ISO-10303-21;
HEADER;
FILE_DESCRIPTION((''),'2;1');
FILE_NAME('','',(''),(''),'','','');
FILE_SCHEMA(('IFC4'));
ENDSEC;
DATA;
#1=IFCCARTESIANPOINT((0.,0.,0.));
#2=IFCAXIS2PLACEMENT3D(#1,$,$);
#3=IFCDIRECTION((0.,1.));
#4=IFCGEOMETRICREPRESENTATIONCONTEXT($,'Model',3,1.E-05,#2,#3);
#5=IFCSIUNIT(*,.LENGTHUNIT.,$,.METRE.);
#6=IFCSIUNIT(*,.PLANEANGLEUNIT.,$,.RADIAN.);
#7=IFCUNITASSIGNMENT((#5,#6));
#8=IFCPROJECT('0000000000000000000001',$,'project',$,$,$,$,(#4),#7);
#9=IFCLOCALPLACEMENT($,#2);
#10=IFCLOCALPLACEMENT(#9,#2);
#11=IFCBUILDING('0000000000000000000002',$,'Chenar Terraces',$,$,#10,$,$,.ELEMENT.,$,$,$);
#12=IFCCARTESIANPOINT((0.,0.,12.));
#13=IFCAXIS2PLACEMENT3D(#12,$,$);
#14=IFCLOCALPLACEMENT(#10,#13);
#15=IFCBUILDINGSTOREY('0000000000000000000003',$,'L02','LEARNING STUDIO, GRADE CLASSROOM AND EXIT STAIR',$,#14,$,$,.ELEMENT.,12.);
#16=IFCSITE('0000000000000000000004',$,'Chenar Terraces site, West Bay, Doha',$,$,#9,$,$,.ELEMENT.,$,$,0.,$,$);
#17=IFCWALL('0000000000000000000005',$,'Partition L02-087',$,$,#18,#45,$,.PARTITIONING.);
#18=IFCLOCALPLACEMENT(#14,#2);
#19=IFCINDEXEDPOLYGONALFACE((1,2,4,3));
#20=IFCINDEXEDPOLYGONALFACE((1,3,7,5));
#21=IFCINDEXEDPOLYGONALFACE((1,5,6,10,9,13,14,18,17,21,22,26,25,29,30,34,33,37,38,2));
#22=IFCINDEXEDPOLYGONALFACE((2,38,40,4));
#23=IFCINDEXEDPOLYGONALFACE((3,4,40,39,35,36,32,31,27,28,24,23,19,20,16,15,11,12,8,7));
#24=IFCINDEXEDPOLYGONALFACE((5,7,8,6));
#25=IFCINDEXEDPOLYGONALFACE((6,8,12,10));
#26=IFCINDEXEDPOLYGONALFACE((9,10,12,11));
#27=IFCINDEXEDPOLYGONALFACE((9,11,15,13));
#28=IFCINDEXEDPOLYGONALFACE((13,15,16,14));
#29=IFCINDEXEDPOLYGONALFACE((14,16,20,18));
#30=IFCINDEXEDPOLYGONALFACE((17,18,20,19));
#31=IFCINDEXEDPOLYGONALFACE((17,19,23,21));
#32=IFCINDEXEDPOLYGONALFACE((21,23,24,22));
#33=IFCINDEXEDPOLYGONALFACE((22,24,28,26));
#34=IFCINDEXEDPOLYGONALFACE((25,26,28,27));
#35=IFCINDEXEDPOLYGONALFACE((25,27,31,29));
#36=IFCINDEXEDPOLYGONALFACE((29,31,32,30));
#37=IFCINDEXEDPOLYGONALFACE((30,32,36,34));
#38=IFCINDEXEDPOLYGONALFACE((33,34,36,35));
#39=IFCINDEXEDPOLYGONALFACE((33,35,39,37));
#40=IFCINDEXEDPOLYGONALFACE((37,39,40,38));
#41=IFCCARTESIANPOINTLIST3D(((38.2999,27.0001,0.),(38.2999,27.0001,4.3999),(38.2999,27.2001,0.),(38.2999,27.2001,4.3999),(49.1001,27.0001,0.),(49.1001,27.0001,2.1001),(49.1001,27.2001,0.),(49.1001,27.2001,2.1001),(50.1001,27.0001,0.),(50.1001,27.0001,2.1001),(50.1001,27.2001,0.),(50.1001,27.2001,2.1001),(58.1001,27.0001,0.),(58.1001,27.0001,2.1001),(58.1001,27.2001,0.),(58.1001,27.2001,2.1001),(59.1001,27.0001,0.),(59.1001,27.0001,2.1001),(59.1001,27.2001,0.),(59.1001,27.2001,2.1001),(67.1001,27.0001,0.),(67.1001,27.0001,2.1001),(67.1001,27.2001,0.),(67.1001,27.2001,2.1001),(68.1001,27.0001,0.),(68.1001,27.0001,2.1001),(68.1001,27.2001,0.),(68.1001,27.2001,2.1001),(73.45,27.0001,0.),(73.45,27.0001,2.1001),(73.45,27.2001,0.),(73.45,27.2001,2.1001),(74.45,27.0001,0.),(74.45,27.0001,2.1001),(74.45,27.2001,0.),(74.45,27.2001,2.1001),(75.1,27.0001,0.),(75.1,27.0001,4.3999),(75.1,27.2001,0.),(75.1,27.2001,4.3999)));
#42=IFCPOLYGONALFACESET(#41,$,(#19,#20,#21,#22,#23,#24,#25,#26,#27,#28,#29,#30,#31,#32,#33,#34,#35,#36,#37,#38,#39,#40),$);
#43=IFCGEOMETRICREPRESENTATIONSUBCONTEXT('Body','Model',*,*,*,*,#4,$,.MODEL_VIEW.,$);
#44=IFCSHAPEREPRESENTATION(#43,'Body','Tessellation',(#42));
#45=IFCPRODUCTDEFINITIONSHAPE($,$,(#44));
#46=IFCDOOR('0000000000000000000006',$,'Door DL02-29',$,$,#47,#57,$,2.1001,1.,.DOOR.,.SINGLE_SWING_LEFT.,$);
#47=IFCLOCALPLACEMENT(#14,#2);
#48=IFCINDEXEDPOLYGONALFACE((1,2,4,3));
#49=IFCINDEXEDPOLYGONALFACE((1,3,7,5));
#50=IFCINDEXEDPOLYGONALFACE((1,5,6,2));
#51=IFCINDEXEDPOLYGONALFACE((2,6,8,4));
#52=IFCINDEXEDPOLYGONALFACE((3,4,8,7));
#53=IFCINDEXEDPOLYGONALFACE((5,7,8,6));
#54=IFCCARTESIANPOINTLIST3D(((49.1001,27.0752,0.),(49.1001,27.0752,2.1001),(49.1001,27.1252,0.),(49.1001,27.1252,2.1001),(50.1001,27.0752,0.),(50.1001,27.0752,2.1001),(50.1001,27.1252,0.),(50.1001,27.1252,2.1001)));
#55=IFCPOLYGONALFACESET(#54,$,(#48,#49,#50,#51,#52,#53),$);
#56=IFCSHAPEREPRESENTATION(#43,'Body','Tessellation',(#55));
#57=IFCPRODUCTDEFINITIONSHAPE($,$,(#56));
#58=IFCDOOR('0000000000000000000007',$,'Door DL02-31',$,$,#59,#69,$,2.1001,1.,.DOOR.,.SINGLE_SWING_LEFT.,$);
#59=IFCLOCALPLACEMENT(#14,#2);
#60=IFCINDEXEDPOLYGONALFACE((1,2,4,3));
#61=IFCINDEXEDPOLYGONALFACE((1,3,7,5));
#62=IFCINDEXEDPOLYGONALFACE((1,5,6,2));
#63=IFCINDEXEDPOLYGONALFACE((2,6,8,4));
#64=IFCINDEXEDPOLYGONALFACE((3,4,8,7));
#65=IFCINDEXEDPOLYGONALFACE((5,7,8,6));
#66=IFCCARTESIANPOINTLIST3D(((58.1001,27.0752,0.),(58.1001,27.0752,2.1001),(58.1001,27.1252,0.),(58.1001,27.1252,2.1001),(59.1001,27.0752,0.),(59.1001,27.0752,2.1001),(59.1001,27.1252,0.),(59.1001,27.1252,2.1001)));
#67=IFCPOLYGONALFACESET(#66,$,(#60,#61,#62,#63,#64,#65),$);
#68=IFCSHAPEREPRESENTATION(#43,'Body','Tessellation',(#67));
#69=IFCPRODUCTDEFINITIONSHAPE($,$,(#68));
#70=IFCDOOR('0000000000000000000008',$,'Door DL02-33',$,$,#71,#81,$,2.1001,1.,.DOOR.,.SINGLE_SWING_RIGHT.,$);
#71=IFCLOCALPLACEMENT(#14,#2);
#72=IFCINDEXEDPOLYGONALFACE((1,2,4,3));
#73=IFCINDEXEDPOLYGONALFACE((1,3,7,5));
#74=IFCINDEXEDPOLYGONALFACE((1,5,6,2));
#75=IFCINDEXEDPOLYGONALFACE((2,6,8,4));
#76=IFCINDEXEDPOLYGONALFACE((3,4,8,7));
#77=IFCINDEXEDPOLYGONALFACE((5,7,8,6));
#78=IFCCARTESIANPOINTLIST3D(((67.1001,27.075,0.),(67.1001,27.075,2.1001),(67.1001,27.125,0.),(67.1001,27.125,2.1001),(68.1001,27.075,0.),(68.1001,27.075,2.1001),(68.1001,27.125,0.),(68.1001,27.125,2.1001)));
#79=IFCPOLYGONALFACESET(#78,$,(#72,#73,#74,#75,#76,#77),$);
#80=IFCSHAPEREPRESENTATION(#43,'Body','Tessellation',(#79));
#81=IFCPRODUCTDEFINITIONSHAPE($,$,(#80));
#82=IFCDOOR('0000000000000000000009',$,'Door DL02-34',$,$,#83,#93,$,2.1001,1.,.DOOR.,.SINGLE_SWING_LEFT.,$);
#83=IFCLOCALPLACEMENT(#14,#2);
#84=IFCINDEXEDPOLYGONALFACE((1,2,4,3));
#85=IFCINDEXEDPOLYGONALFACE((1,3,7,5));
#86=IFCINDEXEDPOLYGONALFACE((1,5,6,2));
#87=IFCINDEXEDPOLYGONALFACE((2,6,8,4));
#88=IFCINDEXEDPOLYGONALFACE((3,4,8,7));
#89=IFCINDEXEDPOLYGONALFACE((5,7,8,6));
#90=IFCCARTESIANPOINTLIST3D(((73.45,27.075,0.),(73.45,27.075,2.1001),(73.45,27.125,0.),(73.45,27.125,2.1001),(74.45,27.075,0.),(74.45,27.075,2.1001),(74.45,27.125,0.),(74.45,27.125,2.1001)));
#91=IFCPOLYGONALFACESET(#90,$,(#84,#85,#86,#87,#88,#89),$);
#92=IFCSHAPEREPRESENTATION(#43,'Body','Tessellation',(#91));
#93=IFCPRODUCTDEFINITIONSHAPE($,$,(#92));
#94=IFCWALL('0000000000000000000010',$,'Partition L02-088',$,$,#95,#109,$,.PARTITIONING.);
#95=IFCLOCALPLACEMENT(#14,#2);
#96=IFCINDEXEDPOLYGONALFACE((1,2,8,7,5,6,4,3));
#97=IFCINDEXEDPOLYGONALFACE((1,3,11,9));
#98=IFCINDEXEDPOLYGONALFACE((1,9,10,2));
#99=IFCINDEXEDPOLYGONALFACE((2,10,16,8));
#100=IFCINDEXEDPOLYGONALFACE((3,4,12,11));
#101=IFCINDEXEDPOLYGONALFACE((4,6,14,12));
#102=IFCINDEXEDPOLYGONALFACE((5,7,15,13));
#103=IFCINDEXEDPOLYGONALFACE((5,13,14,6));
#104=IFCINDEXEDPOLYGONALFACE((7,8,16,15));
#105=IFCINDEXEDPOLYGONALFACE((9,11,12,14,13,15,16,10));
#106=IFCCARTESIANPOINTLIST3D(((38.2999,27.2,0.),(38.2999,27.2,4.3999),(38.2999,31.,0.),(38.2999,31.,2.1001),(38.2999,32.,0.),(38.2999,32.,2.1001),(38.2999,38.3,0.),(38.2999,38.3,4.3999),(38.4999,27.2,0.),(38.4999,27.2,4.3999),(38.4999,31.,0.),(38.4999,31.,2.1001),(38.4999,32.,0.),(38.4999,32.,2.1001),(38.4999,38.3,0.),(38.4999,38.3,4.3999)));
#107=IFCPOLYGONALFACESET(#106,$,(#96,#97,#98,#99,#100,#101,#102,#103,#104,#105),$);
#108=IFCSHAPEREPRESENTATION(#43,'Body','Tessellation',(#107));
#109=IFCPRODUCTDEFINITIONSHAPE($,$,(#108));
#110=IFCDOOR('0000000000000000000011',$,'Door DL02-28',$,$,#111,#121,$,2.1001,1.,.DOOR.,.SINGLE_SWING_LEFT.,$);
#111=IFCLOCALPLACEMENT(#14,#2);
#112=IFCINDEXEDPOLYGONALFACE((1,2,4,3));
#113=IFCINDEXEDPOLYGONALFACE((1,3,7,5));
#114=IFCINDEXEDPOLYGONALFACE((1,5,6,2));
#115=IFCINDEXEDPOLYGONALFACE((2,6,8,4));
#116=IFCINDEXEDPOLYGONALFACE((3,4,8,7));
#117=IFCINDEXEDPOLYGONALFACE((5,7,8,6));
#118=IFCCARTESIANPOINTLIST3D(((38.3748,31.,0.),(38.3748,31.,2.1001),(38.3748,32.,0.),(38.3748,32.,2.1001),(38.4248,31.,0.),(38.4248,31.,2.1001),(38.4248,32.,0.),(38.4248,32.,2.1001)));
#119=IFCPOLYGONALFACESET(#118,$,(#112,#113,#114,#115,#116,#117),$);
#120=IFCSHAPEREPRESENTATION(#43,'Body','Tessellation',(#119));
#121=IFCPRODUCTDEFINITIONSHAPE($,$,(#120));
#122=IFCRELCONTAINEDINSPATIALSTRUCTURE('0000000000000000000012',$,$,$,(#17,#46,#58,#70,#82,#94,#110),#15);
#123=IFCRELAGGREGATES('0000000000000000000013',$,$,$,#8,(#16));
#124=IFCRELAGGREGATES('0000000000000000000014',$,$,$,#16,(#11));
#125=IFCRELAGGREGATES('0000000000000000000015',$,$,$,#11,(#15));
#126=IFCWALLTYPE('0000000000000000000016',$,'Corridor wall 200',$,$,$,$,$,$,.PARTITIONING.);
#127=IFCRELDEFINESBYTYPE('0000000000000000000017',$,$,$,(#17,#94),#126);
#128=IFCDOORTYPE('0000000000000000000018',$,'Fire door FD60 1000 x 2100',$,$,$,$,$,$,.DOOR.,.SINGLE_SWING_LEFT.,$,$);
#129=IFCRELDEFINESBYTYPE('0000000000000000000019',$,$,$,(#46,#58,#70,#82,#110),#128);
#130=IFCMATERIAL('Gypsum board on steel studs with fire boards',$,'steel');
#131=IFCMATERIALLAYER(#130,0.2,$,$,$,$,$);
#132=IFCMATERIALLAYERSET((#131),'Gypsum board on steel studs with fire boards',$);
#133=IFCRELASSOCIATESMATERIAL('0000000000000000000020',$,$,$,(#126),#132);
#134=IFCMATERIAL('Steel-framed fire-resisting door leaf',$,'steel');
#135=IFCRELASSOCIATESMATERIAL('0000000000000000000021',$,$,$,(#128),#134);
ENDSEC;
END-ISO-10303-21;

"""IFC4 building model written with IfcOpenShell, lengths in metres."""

from ifc_helpers import new_model, si_unit, direction, frame, frame_2d, origin, place, context, subcontext, project, spatial, rectangle, extrude, material, layer, layer_set, type_object, element, fill, save


model = new_model("IFC4")

# Units and contexts
model_context = context("Model", 3, precision=1e-05, world=origin(), true_north=direction((0.0, 1.0)))
body_context = subcontext(model_context, "Body", "Model", "MODEL_VIEW")
ifc_project = project(units=[si_unit("LENGTHUNIT", "METRE"), si_unit("PLANEANGLEUNIT", "RADIAN")], contexts=[model_context])

# Site, building, storey
site_placement = place(None, origin())
site = spatial("IfcSite", under=ifc_project, at=site_placement, Name="Chenar Terraces site, West Bay, Doha", CompositionType="ELEMENT", RefElevation=0.0)
building_placement = place(site_placement, origin())
building = spatial("IfcBuilding", under=site, at=building_placement, Name="Chenar Terraces", CompositionType="ELEMENT")
storey_placement = place(building_placement, frame((0.0, 0.0, 12.0)))
storey = spatial("IfcBuildingStorey", under=building, at=storey_placement, Name="L02", Description="LEARNING STUDIO, GRADE CLASSROOM AND EXIT STAIR", CompositionType="ELEMENT", Elevation=12.0)

# Wall, openings, doors
ifc_material_1 = material(Name="Gypsum board on steel studs with fire boards", Category="steel")
ifc_layer_1 = layer(ifc_material_1, 0.2)
ifc_layer_set_1 = layer_set([ifc_layer_1], Name="Gypsum board on steel studs with fire boards")
wall_type_1 = type_object("IfcWallType", Name="Corridor wall 200", PredefinedType="PARTITIONING", material=ifc_layer_set_1)
wall_1_placement = place(storey_placement, frame((38.3, 27.1001, 0.0), z_axis=(0.0, 0.0, 1.0), x_axis=(1.0, 0.0, 0.0)))
wall_1 = element("IfcWall", 1, at=wall_1_placement, inside=storey, type_object=wall_type_1, Name="Partition L02-087", PredefinedType="PARTITIONING", context=body_context, shape_type="SweptSolid", body=[
    extrude(rectangle(XDim=36.8, YDim=0.2, at=frame_2d((18.3999, 0.0))), origin(), (0.0, 0.0, 1.0), 4.3999),
])
opening_1_placement = place(wall_1_placement, frame((10.8, 0.0, 0.0)))
opening_1 = element("IfcOpeningElement", 2, at=opening_1_placement, cuts=wall_1, PredefinedType="OPENING", context=body_context, shape_type="SweptSolid", body=[
    extrude(rectangle(XDim=1.0, YDim=2.1001, at=frame_2d((0.5, 1.05))), frame((0.0, 0.1099, 0.0), z_axis=(0.0, -1.0, 0.0), x_axis=(1.0, 0.0, 0.0)), (0.0, 0.0, 1.0), 0.22),
])
opening_2_placement = place(wall_1_placement, frame((19.8, 0.0, 0.0)))
opening_2 = element("IfcOpeningElement", 3, at=opening_2_placement, cuts=wall_1, PredefinedType="OPENING", context=body_context, shape_type="SweptSolid", body=[
    extrude(rectangle(XDim=1.0, YDim=2.1001, at=frame_2d((0.5, 1.05))), frame((0.0, 0.1099, 0.0), z_axis=(0.0, -1.0, 0.0), x_axis=(1.0, 0.0, 0.0)), (0.0, 0.0, 1.0), 0.22),
])
opening_3_placement = place(wall_1_placement, frame((28.8, 0.0, 0.0)))
opening_3 = element("IfcOpeningElement", 4, at=opening_3_placement, cuts=wall_1, PredefinedType="OPENING", context=body_context, shape_type="SweptSolid", body=[
    extrude(rectangle(XDim=1.0, YDim=2.1001, at=frame_2d((0.5, 1.05))), frame((0.0, 0.1099, 0.0), z_axis=(0.0, -1.0, 0.0), x_axis=(1.0, 0.0, 0.0)), (0.0, 0.0, 1.0), 0.22),
])
opening_4_placement = place(wall_1_placement, frame((35.1499, 0.0, 0.0)))
opening_4 = element("IfcOpeningElement", 5, at=opening_4_placement, cuts=wall_1, PredefinedType="OPENING", context=body_context, shape_type="SweptSolid", body=[
    extrude(rectangle(XDim=1.0, YDim=2.1001, at=frame_2d((0.5, 1.05))), frame((0.0, 0.1099, 0.0), z_axis=(0.0, -1.0, 0.0), x_axis=(1.0, 0.0, 0.0)), (0.0, 0.0, 1.0), 0.22),
])
ifc_material_2 = material(Name="Steel-framed fire-resisting door leaf", Category="steel")
door_type = type_object("IfcDoorType", Name="Fire door FD60 1000 x 2100", OperationType="SINGLE_SWING_LEFT", PredefinedType="DOOR", material=ifc_material_2)
door_1_placement = place(opening_1_placement, frame((1.0, 0.0, 0.0), z_axis=(0.0, 0.0, 1.0), x_axis=(-1.0, 0.0, 0.0)))
door_1 = element("IfcDoor", 6, at=door_1_placement, inside=storey, type_object=door_type, Name="Door DL02-29", OperationType="SINGLE_SWING_LEFT", OverallHeight=2.1001, OverallWidth=1.0, PredefinedType="DOOR", context=body_context, shape_type="SweptSolid", body=[
    extrude(rectangle(XDim=1.0, YDim=2.1001, at=frame_2d((0.5, 1.05))), frame((0.0, 0.0249, 0.0), z_axis=(0.0, -1.0, 0.0), x_axis=(1.0, 0.0, 0.0)), (0.0, 0.0, 1.0), 0.05),
])
fill(opening_1, door_1)
door_2_placement = place(opening_2_placement, frame((1.0, 0.0, 0.0), z_axis=(0.0, 0.0, 1.0), x_axis=(-1.0, 0.0, 0.0)))
door_2 = element("IfcDoor", 7, at=door_2_placement, inside=storey, type_object=door_type, Name="Door DL02-31", OperationType="SINGLE_SWING_LEFT", OverallHeight=2.1001, OverallWidth=1.0, PredefinedType="DOOR", context=body_context, shape_type="SweptSolid", body=[
    extrude(rectangle(XDim=1.0, YDim=2.1001, at=frame_2d((0.5, 1.05))), frame((0.0, 0.0249, 0.0), z_axis=(0.0, -1.0, 0.0), x_axis=(1.0, 0.0, 0.0)), (0.0, 0.0, 1.0), 0.05),
])
fill(opening_2, door_2)
door_3_placement = place(opening_3_placement, origin())
door_3 = element("IfcDoor", 8, at=door_3_placement, inside=storey, type_object=door_type, Name="Door DL02-33", OperationType="SINGLE_SWING_RIGHT", OverallHeight=2.1001, OverallWidth=1.0, PredefinedType="DOOR", context=body_context, shape_type="SweptSolid", body=[
    extrude(rectangle(XDim=1.0, YDim=2.1001, at=frame_2d((0.5, 1.05))), frame((0.0, 0.0249, 0.0), z_axis=(0.0, -1.0, 0.0), x_axis=(1.0, 0.0, 0.0)), (0.0, 0.0, 1.0), 0.05),
])
fill(opening_3, door_3)
door_4_placement = place(opening_4_placement, origin())
door_4 = element("IfcDoor", 9, at=door_4_placement, inside=storey, type_object=door_type, Name="Door DL02-34", OperationType="SINGLE_SWING_LEFT", OverallHeight=2.1001, OverallWidth=1.0, PredefinedType="DOOR", context=body_context, shape_type="SweptSolid", body=[
    extrude(rectangle(XDim=1.0, YDim=2.1001, at=frame_2d((0.5, 1.05))), frame((0.0, 0.0249, 0.0), z_axis=(0.0, -1.0, 0.0), x_axis=(1.0, 0.0, 0.0)), (0.0, 0.0, 1.0), 0.05),
])
fill(opening_4, door_4)

# Wall, opening, door
wall_2_placement = place(storey_placement, frame((38.3999, 27.2, 0.0), z_axis=(0.0, 0.0, 1.0), x_axis=(0.0, 1.0, 0.0)))
wall_2 = element("IfcWall", 10, at=wall_2_placement, inside=storey, type_object=wall_type_1, Name="Partition L02-088", PredefinedType="PARTITIONING", context=body_context, shape_type="SweptSolid", body=[
    extrude(rectangle(XDim=11.1001, YDim=0.2, at=frame_2d((5.55, 0.0))), origin(), (0.0, 0.0, 1.0), 4.3999),
])
opening_5_placement = place(wall_2_placement, frame((3.8, 0.0, 0.0)))
opening_5 = element("IfcOpeningElement", 11, at=opening_5_placement, cuts=wall_2, PredefinedType="OPENING", context=body_context, shape_type="SweptSolid", body=[
    extrude(rectangle(XDim=1.0, YDim=2.1001, at=frame_2d((0.5, 1.05))), frame((0.0, 0.1099, 0.0), z_axis=(0.0, -1.0, 0.0), x_axis=(1.0, 0.0, 0.0)), (0.0, 0.0, 1.0), 0.22),
])
door_5_placement = place(opening_5_placement, frame((1.0, 0.0, 0.0), z_axis=(0.0, 0.0, 1.0), x_axis=(-1.0, 0.0, 0.0)))
door_5 = element("IfcDoor", 12, at=door_5_placement, inside=storey, type_object=door_type, Name="Door DL02-28", OperationType="SINGLE_SWING_LEFT", OverallHeight=2.1001, OverallWidth=1.0, PredefinedType="DOOR", context=body_context, shape_type="SweptSolid", body=[
    extrude(rectangle(XDim=1.0, YDim=2.1001, at=frame_2d((0.5, 1.05))), frame((0.0, 0.0249, 0.0), z_axis=(0.0, -1.0, 0.0), x_axis=(1.0, 0.0, 0.0)), (0.0, 0.0, 1.0), 0.05),
])
fill(opening_5, door_5)

save(model, "model.ifc")
